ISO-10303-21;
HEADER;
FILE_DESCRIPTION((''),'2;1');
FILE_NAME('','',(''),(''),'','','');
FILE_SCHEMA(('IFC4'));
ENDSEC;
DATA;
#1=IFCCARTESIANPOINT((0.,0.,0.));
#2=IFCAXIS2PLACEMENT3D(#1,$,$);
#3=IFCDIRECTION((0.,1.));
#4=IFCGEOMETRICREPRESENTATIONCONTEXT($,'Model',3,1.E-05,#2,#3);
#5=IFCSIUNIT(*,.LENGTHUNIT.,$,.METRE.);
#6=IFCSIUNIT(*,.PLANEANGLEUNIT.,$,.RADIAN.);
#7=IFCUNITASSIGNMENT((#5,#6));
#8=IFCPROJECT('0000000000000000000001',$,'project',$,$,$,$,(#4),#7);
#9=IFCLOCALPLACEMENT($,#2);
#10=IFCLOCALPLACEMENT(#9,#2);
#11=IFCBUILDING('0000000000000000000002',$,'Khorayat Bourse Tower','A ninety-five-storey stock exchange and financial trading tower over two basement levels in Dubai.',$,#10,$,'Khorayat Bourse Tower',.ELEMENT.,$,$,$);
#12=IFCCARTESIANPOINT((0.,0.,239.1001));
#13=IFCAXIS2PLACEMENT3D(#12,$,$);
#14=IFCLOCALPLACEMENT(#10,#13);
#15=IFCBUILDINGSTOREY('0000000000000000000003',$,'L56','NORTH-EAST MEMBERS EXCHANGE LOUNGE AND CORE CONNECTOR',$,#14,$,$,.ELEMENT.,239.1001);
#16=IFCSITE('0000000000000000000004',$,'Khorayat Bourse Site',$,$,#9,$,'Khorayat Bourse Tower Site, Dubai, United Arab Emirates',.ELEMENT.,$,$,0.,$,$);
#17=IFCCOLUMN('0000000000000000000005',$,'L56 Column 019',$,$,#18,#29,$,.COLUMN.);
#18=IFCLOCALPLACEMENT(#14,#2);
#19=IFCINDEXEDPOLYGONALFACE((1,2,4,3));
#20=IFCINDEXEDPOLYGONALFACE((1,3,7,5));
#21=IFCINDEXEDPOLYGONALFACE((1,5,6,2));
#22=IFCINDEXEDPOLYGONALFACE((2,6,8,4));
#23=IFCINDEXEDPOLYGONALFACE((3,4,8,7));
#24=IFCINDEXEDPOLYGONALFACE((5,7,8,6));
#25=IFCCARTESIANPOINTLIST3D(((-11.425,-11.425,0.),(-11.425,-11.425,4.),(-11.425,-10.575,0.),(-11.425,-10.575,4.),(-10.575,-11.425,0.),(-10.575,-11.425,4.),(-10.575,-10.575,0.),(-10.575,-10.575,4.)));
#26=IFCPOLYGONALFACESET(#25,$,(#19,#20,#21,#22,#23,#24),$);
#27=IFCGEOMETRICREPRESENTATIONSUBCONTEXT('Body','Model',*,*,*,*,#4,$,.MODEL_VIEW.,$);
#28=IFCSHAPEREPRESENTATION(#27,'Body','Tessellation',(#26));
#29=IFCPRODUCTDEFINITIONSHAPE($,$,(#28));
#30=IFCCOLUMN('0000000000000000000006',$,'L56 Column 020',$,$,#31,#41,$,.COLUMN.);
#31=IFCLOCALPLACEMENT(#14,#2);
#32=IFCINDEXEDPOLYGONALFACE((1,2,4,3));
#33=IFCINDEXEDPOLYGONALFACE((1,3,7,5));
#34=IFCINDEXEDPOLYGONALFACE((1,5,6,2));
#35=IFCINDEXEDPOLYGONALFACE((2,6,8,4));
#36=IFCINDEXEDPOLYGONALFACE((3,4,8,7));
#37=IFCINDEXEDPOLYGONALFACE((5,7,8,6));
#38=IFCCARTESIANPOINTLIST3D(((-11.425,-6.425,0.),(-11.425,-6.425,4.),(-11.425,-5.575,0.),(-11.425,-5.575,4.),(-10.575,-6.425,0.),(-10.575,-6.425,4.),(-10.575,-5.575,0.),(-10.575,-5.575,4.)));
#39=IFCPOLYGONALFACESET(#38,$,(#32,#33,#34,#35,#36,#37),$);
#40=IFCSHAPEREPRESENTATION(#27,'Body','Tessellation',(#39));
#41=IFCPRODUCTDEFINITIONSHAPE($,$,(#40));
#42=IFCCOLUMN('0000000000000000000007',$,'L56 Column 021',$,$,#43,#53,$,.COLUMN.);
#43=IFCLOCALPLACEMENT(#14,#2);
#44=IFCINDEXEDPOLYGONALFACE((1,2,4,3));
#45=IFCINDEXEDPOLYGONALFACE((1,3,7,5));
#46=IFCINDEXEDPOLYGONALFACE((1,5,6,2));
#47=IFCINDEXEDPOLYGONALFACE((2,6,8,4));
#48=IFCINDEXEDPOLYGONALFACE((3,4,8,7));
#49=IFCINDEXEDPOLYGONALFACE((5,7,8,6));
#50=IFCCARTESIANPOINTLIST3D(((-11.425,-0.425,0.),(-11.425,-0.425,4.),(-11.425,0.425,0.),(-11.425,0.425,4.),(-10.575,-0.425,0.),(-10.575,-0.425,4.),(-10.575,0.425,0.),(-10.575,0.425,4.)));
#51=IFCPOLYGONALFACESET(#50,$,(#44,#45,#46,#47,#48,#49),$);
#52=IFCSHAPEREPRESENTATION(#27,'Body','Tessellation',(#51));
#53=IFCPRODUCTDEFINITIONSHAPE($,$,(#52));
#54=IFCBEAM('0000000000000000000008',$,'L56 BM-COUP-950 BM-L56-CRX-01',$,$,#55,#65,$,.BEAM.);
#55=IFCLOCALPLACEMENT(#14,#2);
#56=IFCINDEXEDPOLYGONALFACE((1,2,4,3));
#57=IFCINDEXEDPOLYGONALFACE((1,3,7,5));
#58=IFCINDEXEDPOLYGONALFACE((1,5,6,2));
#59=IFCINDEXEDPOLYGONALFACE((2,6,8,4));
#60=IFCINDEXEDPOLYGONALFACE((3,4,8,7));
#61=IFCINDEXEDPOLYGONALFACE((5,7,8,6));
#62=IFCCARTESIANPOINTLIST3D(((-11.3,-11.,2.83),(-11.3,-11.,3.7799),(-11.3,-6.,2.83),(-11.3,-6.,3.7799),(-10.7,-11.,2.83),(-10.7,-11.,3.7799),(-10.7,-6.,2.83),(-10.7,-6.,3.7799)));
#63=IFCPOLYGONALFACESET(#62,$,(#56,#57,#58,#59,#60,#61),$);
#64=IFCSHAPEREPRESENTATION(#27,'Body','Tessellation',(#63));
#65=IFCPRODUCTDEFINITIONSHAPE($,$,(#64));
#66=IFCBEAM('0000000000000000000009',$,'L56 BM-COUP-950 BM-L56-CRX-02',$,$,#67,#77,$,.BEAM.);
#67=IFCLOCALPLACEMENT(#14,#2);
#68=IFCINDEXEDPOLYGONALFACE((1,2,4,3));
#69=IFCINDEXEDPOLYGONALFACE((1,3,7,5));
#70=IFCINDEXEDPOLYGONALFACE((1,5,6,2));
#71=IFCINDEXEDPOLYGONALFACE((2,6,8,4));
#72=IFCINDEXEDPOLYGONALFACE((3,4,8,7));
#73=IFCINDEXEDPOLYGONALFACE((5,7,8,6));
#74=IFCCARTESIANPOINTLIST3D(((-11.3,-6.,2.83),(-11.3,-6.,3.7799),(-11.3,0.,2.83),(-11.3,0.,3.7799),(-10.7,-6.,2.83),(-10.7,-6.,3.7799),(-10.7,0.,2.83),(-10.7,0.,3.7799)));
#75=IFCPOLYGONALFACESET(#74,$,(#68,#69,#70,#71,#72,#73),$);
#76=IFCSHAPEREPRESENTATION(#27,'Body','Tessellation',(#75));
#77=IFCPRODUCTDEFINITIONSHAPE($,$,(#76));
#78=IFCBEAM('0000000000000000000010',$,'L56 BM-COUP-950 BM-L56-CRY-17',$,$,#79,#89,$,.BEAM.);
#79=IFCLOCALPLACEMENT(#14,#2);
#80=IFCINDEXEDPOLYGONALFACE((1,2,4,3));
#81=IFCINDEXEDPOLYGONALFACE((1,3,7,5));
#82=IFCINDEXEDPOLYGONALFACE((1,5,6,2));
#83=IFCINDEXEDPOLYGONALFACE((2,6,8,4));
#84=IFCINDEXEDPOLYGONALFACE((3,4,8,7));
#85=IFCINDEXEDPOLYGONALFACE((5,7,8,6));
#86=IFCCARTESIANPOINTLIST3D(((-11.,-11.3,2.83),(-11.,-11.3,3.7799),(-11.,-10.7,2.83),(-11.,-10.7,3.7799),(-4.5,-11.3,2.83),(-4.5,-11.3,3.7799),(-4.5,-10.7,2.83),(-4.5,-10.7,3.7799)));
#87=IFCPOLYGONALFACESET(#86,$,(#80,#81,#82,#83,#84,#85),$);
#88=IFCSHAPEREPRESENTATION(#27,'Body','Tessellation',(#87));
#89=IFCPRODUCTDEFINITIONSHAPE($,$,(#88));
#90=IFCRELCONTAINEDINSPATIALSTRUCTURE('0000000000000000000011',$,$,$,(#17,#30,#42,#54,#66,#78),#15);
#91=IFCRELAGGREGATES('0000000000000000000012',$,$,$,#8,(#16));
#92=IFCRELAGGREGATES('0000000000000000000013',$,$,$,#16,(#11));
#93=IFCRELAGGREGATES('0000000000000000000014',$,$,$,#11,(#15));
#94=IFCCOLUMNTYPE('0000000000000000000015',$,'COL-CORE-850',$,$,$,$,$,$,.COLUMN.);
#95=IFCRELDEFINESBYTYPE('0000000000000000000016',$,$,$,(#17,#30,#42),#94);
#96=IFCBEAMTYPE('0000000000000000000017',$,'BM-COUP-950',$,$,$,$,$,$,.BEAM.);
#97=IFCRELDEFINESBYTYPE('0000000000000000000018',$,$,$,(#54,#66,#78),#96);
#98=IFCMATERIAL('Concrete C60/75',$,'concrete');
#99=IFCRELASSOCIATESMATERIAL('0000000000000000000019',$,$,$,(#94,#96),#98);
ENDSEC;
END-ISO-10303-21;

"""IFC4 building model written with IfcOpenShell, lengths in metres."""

from ifc_helpers import new_model, si_unit, direction, frame, origin, origin_2d, place, context, subcontext, project, spatial, rectangle, extrude, source, transform, mapped, material, material_profile, profile_set, type_object, element, save


model = new_model("IFC4")

# Units and contexts
model_context = context("Model", 3, precision=1e-05, world=origin(), true_north=direction((0.0, 1.0)))
body_context = subcontext(model_context, "Body", "Model", "MODEL_VIEW")
ifc_project = project(units=[si_unit("LENGTHUNIT", "METRE"), si_unit("PLANEANGLEUNIT", "RADIAN")], contexts=[model_context])

# Site, building, storey
site_placement = place(None, origin())
site = spatial("IfcSite", under=ifc_project, at=site_placement, Name="Khorayat Bourse Site", LongName="Khorayat Bourse Tower Site, Dubai, United Arab Emirates", CompositionType="ELEMENT", RefElevation=0.0)
building_placement = place(site_placement, origin())
building = spatial("IfcBuilding", under=site, at=building_placement, Name="Khorayat Bourse Tower", Description="A ninety-five-storey stock exchange and financial trading tower over two basement levels in Dubai.", LongName="Khorayat Bourse Tower", CompositionType="ELEMENT")
storey_placement = place(building_placement, frame((0.0, 0.0, 239.1001)))
storey = spatial("IfcBuildingStorey", under=building, at=storey_placement, Name="L56", Description="NORTH-EAST MEMBERS EXCHANGE LOUNGE AND CORE CONNECTOR", CompositionType="ELEMENT", Elevation=239.1001)

# Columns
ifc_material_1 = material(Name="Concrete C60/75", Category="concrete")
ifc_material_profile_1 = material_profile(ifc_material_1, rectangle(XDim=0.8501, YDim=0.8501, at=origin_2d()), Name="RC 850x850")
ifc_profile_set_1 = profile_set([ifc_material_profile_1], Name="Concrete C60/75")
column_type = type_object("IfcColumnType", Name="COL-CORE-850", PredefinedType="COLUMN", material=ifc_profile_set_1)
shared_shape_1 = source(origin(), body_context, "Body", "SweptSolid", [
    extrude(rectangle(XDim=0.8501, YDim=0.8501, at=origin_2d()), origin(), (0.0, 0.0, 1.0), 4.0),
])
for number, where, z_axis, x_axis, name in (
    (1, (-11.0, -11.0, 0.0), (0.0, 0.0, 1.0), (1.0, 0.0, 0.0), "L56 Column 019"),
    (2, (-11.0, -6.0, 0.0), (0.0, 0.0, 1.0), (1.0, 0.0, 0.0), "L56 Column 020"),
    (3, (-11.0, 0.0, 0.0), (0.0, 0.0, 1.0), (1.0, 0.0, 0.0), "L56 Column 021"),
):
    element("IfcColumn", number, at=place(storey_placement, frame(where, z_axis=z_axis, x_axis=x_axis)), inside=storey, type_object=column_type, Name=name, PredefinedType="COLUMN", context=body_context, shape_type="MappedRepresentation", body=[
        mapped(shared_shape_1, transform((0.0, 0.0, 0.0), scale=1.0)),
    ])

# Beams
ifc_material_profile_2 = material_profile(ifc_material_1, rectangle(XDim=0.6001, YDim=0.95, at=origin_2d()), Name="RC 600x950")
ifc_profile_set_2 = profile_set([ifc_material_profile_2], Name="Concrete C60/75")
beam_type = type_object("IfcBeamType", Name="BM-COUP-950", PredefinedType="BEAM", material=ifc_profile_set_2)
shared_shape_2 = source(origin(), body_context, "Body", "SweptSolid", [
    extrude(rectangle(XDim=0.6001, YDim=0.95, at=origin_2d()), origin(), (0.0, 0.0, 1.0), 5.0),
])
beam_1_placement = place(storey_placement, frame((-11.0, -11.0, 3.3049), z_axis=(0.0, 1.0, 0.0), x_axis=(-1.0, 0.0, 0.0)))
element("IfcBeam", 4, at=beam_1_placement, inside=storey, type_object=beam_type, Name="L56 BM-COUP-950 BM-L56-CRX-01", PredefinedType="BEAM", context=body_context, shape_type="MappedRepresentation", body=[
    mapped(shared_shape_2, transform((0.0, 0.0, 0.0), scale=1.0)),
])
shared_shape_3 = source(origin(), body_context, "Body", "SweptSolid", [
    extrude(rectangle(XDim=0.6001, YDim=0.95, at=origin_2d()), origin(), (0.0, 0.0, 1.0), 6.0),
])
beam_2_placement = place(storey_placement, frame((-11.0, -6.0, 3.3049), z_axis=(0.0, 1.0, 0.0), x_axis=(-1.0, 0.0, 0.0)))
element("IfcBeam", 5, at=beam_2_placement, inside=storey, type_object=beam_type, Name="L56 BM-COUP-950 BM-L56-CRX-02", PredefinedType="BEAM", context=body_context, shape_type="MappedRepresentation", body=[
    mapped(shared_shape_3, transform((0.0, 0.0, 0.0), scale=1.0)),
])
shared_shape_4 = source(origin(), body_context, "Body", "SweptSolid", [
    extrude(rectangle(XDim=0.6001, YDim=0.95, at=origin_2d()), origin(), (0.0, 0.0, 1.0), 6.5),
])
beam_3_placement = place(storey_placement, frame((-11.0, -11.0, 3.3049), z_axis=(1.0, 0.0, 0.0), x_axis=(0.0, 1.0, 0.0)))
element("IfcBeam", 6, at=beam_3_placement, inside=storey, type_object=beam_type, Name="L56 BM-COUP-950 BM-L56-CRY-17", PredefinedType="BEAM", context=body_context, shape_type="MappedRepresentation", body=[
    mapped(shared_shape_4, transform((0.0, 0.0, 0.0), scale=1.0)),
])

save(model, "model.ifc")
